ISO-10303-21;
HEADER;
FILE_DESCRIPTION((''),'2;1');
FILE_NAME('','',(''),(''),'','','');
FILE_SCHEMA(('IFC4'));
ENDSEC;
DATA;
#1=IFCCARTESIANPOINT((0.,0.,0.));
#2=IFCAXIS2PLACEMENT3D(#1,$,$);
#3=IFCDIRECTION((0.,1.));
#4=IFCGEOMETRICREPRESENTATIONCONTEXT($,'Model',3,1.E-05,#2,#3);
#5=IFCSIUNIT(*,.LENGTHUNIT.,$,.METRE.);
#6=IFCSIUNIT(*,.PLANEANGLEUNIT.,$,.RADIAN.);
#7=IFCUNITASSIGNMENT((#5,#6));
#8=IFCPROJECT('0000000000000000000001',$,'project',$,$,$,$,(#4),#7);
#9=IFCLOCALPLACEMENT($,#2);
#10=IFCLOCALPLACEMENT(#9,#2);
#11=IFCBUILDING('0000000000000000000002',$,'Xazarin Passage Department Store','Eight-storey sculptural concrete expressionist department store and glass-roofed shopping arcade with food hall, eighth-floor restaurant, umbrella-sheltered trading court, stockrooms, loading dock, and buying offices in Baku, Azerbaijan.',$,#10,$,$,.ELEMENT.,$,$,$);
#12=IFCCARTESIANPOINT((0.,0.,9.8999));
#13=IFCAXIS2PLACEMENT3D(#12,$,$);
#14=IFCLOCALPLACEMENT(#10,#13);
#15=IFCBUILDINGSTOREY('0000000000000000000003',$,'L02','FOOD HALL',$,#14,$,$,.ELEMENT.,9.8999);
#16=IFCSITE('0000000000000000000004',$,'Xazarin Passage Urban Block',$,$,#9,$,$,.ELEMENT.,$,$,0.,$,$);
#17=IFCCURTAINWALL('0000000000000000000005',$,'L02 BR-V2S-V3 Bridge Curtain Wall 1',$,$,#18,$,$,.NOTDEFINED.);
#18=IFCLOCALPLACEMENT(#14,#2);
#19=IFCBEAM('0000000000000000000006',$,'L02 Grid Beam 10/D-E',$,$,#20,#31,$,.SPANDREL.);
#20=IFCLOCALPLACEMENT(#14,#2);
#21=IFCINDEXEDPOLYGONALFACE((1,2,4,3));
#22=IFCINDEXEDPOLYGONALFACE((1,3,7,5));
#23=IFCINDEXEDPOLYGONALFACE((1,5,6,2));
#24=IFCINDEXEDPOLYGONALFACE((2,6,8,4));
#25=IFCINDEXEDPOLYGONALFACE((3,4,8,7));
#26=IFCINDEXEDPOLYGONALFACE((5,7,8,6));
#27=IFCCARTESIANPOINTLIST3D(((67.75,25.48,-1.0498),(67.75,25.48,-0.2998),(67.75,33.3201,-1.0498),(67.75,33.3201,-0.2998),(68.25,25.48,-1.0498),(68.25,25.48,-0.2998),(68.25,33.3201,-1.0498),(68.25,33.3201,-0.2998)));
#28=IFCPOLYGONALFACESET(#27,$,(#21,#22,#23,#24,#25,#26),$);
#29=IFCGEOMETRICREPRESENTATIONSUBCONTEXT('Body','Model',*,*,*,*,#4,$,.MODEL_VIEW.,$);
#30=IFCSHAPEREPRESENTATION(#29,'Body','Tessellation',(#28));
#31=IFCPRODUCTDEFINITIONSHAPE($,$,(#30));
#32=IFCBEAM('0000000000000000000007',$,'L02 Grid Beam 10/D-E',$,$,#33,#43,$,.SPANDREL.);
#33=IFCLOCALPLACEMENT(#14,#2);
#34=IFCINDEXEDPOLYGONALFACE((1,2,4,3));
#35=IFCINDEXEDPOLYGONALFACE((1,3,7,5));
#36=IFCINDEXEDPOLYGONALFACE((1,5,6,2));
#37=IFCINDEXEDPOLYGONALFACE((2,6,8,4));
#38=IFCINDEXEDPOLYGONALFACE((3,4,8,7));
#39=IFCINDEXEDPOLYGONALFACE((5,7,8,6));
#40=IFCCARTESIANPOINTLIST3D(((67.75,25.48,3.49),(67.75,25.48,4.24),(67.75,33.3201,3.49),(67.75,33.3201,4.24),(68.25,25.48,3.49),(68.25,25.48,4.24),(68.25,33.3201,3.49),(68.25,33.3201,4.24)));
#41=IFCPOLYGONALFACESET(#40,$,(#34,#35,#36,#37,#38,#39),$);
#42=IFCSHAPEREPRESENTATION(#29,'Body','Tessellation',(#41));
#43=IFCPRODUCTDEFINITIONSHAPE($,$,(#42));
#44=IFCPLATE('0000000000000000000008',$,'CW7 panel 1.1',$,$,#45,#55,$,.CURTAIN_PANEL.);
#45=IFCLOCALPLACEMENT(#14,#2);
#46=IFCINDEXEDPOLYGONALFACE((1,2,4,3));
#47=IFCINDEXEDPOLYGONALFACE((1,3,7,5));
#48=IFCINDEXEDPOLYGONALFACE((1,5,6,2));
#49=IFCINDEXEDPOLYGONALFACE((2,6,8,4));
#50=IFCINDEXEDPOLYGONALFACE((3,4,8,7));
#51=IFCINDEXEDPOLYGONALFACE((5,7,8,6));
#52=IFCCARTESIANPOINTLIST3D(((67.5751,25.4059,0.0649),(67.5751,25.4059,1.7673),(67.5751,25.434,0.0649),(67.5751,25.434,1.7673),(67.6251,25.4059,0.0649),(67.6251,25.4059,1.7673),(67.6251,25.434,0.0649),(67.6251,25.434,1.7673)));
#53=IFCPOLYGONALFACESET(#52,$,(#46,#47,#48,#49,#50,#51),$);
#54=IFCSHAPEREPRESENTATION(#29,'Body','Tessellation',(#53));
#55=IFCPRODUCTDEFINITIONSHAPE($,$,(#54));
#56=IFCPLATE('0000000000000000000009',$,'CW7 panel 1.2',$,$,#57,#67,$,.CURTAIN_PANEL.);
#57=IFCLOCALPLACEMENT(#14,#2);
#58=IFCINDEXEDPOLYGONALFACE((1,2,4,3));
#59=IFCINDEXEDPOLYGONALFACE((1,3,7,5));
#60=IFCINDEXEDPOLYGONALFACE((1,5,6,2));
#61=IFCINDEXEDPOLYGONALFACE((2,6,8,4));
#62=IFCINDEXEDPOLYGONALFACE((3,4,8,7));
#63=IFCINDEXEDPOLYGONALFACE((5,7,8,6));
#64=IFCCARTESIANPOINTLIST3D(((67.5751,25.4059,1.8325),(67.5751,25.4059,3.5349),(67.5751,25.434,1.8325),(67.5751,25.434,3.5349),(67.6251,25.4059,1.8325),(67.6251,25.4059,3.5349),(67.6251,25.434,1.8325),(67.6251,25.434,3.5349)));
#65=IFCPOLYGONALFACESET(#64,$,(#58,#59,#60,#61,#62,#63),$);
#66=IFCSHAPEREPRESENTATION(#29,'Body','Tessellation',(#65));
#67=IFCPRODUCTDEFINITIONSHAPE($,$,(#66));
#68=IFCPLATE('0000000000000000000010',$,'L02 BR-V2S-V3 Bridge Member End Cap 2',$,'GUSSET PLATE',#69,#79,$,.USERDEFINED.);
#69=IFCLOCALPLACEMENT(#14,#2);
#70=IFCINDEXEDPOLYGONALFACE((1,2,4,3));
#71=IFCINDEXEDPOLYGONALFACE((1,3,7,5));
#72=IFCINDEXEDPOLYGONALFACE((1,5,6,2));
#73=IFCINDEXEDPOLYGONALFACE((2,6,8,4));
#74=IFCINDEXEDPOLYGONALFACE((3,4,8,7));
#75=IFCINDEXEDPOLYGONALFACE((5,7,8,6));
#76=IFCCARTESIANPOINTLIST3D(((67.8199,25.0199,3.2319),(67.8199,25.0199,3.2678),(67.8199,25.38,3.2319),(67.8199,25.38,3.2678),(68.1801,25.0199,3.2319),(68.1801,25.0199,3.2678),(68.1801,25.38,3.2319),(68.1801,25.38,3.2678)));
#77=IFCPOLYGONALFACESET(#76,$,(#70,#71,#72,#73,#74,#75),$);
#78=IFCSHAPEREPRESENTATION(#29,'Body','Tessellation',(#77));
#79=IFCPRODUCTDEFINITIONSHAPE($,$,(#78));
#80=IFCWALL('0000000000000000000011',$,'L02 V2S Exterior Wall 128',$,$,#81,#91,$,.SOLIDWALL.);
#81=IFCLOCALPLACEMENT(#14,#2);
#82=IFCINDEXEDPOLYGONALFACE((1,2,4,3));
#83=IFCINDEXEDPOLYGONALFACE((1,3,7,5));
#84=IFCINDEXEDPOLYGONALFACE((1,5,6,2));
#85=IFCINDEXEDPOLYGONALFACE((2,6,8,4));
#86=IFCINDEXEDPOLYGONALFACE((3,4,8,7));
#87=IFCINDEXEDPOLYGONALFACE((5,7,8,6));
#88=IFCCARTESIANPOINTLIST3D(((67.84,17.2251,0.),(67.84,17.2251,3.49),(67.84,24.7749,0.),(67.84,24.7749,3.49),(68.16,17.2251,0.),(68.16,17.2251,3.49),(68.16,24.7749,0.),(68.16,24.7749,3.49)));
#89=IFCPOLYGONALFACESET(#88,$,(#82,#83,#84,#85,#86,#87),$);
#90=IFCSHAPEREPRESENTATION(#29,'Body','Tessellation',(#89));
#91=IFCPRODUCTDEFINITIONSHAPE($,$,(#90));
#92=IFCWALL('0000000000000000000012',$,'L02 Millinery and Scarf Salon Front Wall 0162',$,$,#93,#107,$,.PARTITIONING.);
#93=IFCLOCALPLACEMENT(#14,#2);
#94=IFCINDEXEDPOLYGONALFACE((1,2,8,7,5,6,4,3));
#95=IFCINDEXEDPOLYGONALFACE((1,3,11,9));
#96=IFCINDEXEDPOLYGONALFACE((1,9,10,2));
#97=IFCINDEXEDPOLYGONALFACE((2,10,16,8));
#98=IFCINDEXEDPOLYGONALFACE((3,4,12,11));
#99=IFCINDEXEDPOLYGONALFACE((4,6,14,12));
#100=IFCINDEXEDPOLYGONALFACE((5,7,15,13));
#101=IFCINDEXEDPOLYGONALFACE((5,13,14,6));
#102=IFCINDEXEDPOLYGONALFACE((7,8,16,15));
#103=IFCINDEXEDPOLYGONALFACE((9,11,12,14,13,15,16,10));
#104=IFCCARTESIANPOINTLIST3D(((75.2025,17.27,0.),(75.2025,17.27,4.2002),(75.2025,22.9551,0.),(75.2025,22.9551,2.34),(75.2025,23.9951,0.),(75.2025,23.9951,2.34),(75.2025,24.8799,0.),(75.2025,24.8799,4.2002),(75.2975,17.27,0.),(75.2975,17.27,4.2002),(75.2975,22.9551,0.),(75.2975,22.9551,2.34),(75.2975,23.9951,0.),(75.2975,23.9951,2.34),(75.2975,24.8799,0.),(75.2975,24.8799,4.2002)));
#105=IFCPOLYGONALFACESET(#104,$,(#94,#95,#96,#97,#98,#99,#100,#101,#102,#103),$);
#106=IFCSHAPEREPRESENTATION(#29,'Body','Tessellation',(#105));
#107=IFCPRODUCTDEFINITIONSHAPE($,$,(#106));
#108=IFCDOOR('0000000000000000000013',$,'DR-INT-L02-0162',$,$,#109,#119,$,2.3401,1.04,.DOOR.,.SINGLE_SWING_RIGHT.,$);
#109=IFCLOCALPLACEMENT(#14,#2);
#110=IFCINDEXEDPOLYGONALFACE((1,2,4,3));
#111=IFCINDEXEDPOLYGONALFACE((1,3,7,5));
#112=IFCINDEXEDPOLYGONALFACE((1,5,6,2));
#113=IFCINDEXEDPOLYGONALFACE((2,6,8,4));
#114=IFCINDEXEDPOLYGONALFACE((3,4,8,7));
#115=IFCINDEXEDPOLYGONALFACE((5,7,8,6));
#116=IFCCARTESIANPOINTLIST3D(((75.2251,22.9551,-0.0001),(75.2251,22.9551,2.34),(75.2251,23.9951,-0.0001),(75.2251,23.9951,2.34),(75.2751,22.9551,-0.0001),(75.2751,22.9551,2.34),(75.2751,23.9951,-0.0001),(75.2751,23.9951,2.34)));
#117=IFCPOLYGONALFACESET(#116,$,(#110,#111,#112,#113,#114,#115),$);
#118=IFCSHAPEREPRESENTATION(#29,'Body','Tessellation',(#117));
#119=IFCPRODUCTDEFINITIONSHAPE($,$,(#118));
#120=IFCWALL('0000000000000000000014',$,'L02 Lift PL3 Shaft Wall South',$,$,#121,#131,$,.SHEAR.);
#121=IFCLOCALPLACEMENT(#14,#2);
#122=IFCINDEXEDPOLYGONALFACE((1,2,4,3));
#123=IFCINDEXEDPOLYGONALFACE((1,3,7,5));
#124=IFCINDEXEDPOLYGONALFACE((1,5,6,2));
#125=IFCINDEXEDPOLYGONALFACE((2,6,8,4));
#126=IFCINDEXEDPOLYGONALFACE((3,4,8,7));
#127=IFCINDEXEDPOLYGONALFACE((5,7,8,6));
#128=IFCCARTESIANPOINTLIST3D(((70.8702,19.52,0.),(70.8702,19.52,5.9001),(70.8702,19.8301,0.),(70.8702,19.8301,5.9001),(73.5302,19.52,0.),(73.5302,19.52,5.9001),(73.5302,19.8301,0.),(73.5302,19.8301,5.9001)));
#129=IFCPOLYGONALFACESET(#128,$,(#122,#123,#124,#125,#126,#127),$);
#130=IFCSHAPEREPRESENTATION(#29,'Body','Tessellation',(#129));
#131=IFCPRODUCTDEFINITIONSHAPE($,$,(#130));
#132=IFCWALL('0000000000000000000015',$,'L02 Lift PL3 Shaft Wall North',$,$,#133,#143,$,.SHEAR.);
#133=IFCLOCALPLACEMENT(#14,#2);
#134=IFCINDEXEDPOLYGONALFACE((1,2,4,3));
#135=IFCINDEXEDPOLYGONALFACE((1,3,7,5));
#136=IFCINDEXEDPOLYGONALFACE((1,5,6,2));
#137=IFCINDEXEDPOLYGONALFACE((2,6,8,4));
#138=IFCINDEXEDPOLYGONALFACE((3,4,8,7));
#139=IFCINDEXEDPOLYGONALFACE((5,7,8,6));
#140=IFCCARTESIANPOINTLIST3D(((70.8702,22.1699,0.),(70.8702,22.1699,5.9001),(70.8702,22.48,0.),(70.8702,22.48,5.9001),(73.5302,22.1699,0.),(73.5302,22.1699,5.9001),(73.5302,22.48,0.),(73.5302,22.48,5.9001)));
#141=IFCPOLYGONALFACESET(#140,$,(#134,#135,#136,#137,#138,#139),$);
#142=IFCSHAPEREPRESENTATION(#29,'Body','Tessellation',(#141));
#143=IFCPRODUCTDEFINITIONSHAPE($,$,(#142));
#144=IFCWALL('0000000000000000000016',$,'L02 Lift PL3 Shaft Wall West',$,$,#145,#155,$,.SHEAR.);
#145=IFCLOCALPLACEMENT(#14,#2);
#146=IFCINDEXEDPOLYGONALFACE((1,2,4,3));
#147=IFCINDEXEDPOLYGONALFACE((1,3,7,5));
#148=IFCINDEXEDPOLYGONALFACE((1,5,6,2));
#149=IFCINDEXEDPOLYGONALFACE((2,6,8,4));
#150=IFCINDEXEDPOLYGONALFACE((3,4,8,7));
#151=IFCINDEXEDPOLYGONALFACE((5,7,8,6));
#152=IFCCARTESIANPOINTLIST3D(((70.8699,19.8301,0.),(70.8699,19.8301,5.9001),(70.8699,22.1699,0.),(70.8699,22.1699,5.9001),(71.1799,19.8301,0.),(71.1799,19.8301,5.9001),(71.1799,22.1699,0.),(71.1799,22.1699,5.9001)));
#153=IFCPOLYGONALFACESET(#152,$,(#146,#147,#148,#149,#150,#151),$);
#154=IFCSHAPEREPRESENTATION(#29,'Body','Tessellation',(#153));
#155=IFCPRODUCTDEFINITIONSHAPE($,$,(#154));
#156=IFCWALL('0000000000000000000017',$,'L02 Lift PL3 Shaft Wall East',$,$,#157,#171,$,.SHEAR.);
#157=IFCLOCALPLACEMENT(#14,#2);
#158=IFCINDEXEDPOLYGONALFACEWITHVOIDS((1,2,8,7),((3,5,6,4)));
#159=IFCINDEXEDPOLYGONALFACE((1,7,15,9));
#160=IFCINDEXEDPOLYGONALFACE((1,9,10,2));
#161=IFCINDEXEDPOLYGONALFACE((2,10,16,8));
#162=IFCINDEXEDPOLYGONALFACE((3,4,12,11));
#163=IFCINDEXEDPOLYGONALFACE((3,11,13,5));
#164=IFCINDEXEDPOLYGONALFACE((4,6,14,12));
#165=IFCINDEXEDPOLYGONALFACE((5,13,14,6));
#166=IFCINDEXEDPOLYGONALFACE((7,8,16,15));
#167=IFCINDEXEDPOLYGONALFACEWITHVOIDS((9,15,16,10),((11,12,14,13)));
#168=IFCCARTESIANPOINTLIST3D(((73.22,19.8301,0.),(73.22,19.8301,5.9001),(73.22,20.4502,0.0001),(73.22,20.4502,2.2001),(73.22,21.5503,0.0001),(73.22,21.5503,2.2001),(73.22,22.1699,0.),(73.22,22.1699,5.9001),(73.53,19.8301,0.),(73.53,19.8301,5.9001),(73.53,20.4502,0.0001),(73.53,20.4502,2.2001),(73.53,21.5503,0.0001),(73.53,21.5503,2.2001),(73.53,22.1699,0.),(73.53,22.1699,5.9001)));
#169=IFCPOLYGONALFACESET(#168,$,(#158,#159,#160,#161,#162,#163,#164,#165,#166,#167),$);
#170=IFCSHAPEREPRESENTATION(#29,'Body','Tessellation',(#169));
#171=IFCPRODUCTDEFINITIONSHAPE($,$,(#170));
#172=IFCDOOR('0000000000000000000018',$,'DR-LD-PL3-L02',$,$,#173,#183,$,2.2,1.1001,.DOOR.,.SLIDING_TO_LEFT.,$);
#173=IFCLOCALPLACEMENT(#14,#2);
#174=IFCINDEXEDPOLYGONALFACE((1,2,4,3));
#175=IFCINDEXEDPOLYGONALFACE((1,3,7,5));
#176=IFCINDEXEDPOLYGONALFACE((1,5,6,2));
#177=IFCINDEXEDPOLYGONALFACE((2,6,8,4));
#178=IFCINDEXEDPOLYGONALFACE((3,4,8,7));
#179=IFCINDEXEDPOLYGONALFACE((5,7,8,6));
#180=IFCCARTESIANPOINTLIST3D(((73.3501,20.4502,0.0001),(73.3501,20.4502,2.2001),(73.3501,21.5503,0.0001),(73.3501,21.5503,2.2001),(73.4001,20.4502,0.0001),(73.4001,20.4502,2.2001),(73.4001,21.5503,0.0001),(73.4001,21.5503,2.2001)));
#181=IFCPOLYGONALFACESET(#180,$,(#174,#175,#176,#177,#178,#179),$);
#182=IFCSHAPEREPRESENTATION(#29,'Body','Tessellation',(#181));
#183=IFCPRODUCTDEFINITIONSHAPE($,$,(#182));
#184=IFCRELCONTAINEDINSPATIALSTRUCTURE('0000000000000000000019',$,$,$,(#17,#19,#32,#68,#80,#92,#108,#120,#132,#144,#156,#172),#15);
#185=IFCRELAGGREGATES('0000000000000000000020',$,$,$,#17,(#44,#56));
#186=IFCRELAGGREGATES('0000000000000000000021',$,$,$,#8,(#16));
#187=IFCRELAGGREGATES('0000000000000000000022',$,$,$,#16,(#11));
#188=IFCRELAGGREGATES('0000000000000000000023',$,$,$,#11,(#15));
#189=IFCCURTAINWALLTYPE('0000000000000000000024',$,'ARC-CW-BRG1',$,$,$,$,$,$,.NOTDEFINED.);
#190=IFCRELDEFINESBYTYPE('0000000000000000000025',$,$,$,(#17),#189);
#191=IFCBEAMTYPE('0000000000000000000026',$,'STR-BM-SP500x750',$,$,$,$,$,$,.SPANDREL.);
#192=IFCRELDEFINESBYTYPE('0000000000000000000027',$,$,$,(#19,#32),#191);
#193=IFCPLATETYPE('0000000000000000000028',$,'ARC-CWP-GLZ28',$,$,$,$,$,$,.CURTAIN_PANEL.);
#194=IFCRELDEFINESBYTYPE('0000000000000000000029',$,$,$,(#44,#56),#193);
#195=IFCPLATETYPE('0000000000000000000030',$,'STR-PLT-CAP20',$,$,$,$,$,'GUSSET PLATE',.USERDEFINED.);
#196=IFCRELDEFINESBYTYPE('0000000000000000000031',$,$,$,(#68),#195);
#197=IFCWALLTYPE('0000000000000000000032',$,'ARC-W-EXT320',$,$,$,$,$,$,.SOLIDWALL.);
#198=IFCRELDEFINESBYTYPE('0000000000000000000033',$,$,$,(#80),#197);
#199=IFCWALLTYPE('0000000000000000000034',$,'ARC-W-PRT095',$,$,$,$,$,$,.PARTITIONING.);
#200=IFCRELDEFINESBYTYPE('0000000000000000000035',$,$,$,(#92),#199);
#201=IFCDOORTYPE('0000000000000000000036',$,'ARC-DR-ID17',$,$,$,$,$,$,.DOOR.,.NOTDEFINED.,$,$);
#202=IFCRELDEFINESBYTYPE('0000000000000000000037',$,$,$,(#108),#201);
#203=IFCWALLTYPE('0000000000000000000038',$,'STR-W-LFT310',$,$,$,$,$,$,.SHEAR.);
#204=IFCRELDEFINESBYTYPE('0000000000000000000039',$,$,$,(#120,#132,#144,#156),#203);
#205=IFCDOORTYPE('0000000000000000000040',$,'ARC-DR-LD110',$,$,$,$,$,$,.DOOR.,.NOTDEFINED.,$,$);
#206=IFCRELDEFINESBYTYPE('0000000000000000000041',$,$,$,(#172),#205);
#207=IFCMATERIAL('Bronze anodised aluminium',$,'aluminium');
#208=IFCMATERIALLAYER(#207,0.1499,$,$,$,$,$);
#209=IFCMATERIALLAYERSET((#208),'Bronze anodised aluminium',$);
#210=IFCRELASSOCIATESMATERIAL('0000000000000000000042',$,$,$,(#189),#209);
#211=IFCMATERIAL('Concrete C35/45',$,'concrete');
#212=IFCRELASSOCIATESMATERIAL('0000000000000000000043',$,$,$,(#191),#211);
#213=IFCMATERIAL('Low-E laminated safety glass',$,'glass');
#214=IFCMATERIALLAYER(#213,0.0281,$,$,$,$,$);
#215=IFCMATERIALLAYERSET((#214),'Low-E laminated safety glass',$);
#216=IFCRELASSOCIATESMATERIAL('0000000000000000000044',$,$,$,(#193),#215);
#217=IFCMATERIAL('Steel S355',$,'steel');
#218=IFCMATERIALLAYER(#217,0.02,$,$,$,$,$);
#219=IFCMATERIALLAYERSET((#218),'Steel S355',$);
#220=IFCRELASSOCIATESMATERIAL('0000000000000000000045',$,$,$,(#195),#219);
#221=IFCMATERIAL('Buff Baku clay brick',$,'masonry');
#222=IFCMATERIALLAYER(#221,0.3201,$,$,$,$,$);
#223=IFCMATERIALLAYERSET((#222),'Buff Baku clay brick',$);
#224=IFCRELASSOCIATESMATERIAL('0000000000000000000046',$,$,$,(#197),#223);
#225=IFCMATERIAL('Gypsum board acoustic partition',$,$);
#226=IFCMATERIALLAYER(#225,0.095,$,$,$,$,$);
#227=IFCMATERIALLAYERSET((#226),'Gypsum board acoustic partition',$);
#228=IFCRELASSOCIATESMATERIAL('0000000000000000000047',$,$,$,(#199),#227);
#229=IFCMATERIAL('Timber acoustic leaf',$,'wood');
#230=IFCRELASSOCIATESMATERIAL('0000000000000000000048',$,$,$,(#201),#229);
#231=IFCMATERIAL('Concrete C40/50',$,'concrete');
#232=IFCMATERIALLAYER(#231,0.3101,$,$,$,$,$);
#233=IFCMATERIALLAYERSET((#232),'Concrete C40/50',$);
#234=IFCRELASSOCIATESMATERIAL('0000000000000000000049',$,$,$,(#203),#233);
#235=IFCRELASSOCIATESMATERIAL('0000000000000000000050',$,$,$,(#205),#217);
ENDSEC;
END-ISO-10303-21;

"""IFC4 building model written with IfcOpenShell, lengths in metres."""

from ifc_helpers import new_model, si_unit, direction, frame, frame_2d, origin, origin_2d, place, context, subcontext, project, spatial, rectangle, extrude, material, layer, layer_set, material_profile, profile_set, type_object, element, fill, aggregate, save


model = new_model("IFC4")

# Units and contexts
model_context = context("Model", 3, precision=1e-05, world=origin(), true_north=direction((0.0, 1.0)))
body_context = subcontext(model_context, "Body", "Model", "MODEL_VIEW")
ifc_project = project(units=[si_unit("LENGTHUNIT", "METRE"), si_unit("PLANEANGLEUNIT", "RADIAN")], contexts=[model_context])

# Site, building, storey
site_placement = place(None, origin())
site = spatial("IfcSite", under=ifc_project, at=site_placement, Name="Xazarin Passage Urban Block", CompositionType="ELEMENT", RefElevation=0.0)
building_placement = place(site_placement, origin())
building = spatial("IfcBuilding", under=site, at=building_placement, Name="Xazarin Passage Department Store", Description="Eight-storey sculptural concrete expressionist department store and glass-roofed shopping arcade with food hall, eighth-floor restaurant, umbrella-sheltered trading court, stockrooms, loading dock, and buying offices in Baku, Azerbaijan.", CompositionType="ELEMENT")
storey_placement = place(building_placement, frame((0.0, 0.0, 9.8999)))
storey = spatial("IfcBuildingStorey", under=building, at=storey_placement, Name="L02", Description="FOOD HALL", CompositionType="ELEMENT", Elevation=9.8999)

# Shared definitions
ifc_material_1 = material(Name="Concrete C40/50", Category="concrete")

# Curtain wall
ifc_material_2 = material(Name="Bronze anodised aluminium", Category="aluminium")
ifc_layer_1 = layer(ifc_material_2, 0.1499)
ifc_layer_set_1 = layer_set([ifc_layer_1], Name="Bronze anodised aluminium")
curtain_wall_type = type_object("IfcCurtainWallType", Name="ARC-CW-BRG1", PredefinedType="NOTDEFINED", material=ifc_layer_set_1)
curtain_wall_placement = place(storey_placement, origin())
curtain_wall = element("IfcCurtainWall", 1, at=curtain_wall_placement, inside=storey, type_object=curtain_wall_type, Name="L02 BR-V2S-V3 Bridge Curtain Wall 1", PredefinedType="NOTDEFINED")

# Beams
ifc_material_3 = material(Name="Steel S355", Category="steel")
ifc_material_4 = material(Name="Concrete C35/45", Category="concrete")
ifc_material_profile_1 = material_profile(ifc_material_4, rectangle(XDim=0.5, YDim=0.75, at=origin_2d()), Name="RC 500x750")
ifc_profile_set_1 = profile_set([ifc_material_profile_1], Name="Concrete C35/45")
beam_type_1 = type_object("IfcBeamType", Name="STR-BM-SP500x750", PredefinedType="SPANDREL", material=ifc_profile_set_1)
for number, where, z_axis, x_axis, name in (
    (2, (68.0, 25.48, -0.6748), (0.0, 1.0, 0.0), (-1.0, 0.0, 0.0), "L02 Grid Beam 10/D-E"),
    (3, (68.0, 25.48, 3.865), (0.0, 1.0, 0.0), (-1.0, 0.0, 0.0), "L02 Grid Beam 10/D-E"),
):
    element("IfcBeam", number, at=place(storey_placement, frame(where, z_axis=z_axis, x_axis=x_axis)), inside=storey, type_object=beam_type_1, Name=name, PredefinedType="SPANDREL", context=body_context, shape_type="SweptSolid", body=[
        extrude(rectangle(XDim=0.5, YDim=0.75, at=origin_2d()), origin(), (0.0, 0.0, 1.0), 7.8401),
    ])

# Plates
ifc_material_5 = material(Name="Low-E laminated safety glass", Category="glass")
ifc_layer_2 = layer(ifc_material_5, 0.0281)
ifc_layer_set_2 = layer_set([ifc_layer_2], Name="Low-E laminated safety glass")
plate_type_1 = type_object("IfcPlateType", Name="ARC-CWP-GLZ28", PredefinedType="CURTAIN_PANEL", material=ifc_layer_set_2)
plate_1_placement = place(storey_placement, frame((67.6001, 25.4199, 0.0649), z_axis=(0.0, 0.0, 1.0), x_axis=(1.0, 0.0, 0.0)))
plate_1 = element("IfcPlate", 4, at=plate_1_placement, type_object=plate_type_1, Name="CW7 panel 1.1", PredefinedType="CURTAIN_PANEL", context=body_context, shape_type="SweptSolid", body=[
    extrude(rectangle(XDim=0.05, YDim=0.0281, at=origin_2d()), origin(), (0.0, 0.0, 1.0), 1.7024),
])
plate_2_placement = place(storey_placement, frame((67.6001, 25.4199, 1.8325), z_axis=(0.0, 0.0, 1.0), x_axis=(1.0, 0.0, 0.0)))
plate_2 = element("IfcPlate", 5, at=plate_2_placement, type_object=plate_type_1, Name="CW7 panel 1.2", PredefinedType="CURTAIN_PANEL", context=body_context, shape_type="SweptSolid", body=[
    extrude(rectangle(XDim=0.05, YDim=0.0281, at=origin_2d()), origin(), (0.0, 0.0, 1.0), 1.7024),
])
aggregate(curtain_wall, [plate_1, plate_2])
ifc_layer_3 = layer(ifc_material_3, 0.02)
ifc_layer_set_3 = layer_set([ifc_layer_3], Name="Steel S355")
plate_type_2 = type_object("IfcPlateType", Name="STR-PLT-CAP20", ElementType="GUSSET PLATE", PredefinedType="USERDEFINED", material=ifc_layer_set_3)
plate_3_placement = place(storey_placement, frame((68.0, 25.2, 3.2319), z_axis=(0.0, 0.0, 1.0), x_axis=(1.0, 0.0, 0.0)))
element("IfcPlate", 6, at=plate_3_placement, inside=storey, type_object=plate_type_2, Name="L02 BR-V2S-V3 Bridge Member End Cap 2", ObjectType="GUSSET PLATE", PredefinedType="USERDEFINED", context=body_context, shape_type="SweptSolid", body=[
    extrude(rectangle(XDim=0.3601, YDim=0.3601, at=origin_2d()), origin(), (0.0, 0.0, 1.0), 0.0359),
])

# Wall
ifc_material_6 = material(Name="Buff Baku clay brick", Category="masonry")
ifc_layer_4 = layer(ifc_material_6, 0.3201)
ifc_layer_set_4 = layer_set([ifc_layer_4], Name="Buff Baku clay brick")
wall_type_1 = type_object("IfcWallType", Name="ARC-W-EXT320", PredefinedType="SOLIDWALL", material=ifc_layer_set_4)
wall_1_placement = place(storey_placement, frame((68.0, 17.2251, 0.0), z_axis=(0.0, 0.0, 1.0), x_axis=(0.0, 1.0, 0.0)))
element("IfcWall", 7, at=wall_1_placement, inside=storey, type_object=wall_type_1, Name="L02 V2S Exterior Wall 128", PredefinedType="SOLIDWALL", context=body_context, shape_type="SweptSolid", body=[
    extrude(rectangle(XDim=7.5498, YDim=0.3201, at=frame_2d((3.7749, 0.0))), origin(), (0.0, 0.0, 1.0), 3.49),
])

# Wall, opening, door
ifc_material_7 = material(Name="Gypsum board acoustic partition")
ifc_layer_5 = layer(ifc_material_7, 0.095)
ifc_layer_set_5 = layer_set([ifc_layer_5], Name="Gypsum board acoustic partition")
wall_type_2 = type_object("IfcWallType", Name="ARC-W-PRT095", PredefinedType="PARTITIONING", material=ifc_layer_set_5)
wall_2_placement = place(storey_placement, frame((75.25, 17.27, 0.0), z_axis=(0.0, 0.0, 1.0), x_axis=(0.0, 1.0, 0.0)))
wall_2 = element("IfcWall", 8, at=wall_2_placement, inside=storey, type_object=wall_type_2, Name="L02 Millinery and Scarf Salon Front Wall 0162", PredefinedType="PARTITIONING", context=body_context, shape_type="SweptSolid", body=[
    extrude(rectangle(XDim=7.6099, YDim=0.095, at=frame_2d((3.8049, 0.0))), origin(), (0.0, 0.0, 1.0), 4.2002),
])
opening_1_placement = place(wall_2_placement, frame((5.6851, 0.0, 0.0)))
opening_1 = element("IfcOpeningElement", 9, at=opening_1_placement, cuts=wall_2, PredefinedType="OPENING", context=body_context, shape_type="SweptSolid", body=[
    extrude(rectangle(XDim=1.04, YDim=2.3401, at=frame_2d((0.52, 1.1699))), frame((0.0, 0.0574, 0.0), z_axis=(0.0, -1.0, 0.0), x_axis=(1.0, 0.0, 0.0)), (0.0, 0.0, 1.0), 0.115),
])
ifc_material_8 = material(Name="Timber acoustic leaf", Category="wood")
door_type_1 = type_object("IfcDoorType", Name="ARC-DR-ID17", OperationType="NOTDEFINED", PredefinedType="DOOR", material=ifc_material_8)
door_1_placement = place(opening_1_placement, origin())
door_1 = element("IfcDoor", 10, at=door_1_placement, inside=storey, type_object=door_type_1, Name="DR-INT-L02-0162", OperationType="SINGLE_SWING_RIGHT", OverallHeight=2.3401, OverallWidth=1.04, PredefinedType="DOOR", context=body_context, shape_type="SweptSolid", body=[
    extrude(rectangle(XDim=1.04, YDim=2.3401, at=frame_2d((0.52, 1.1699))), frame((0.0, 0.0249, 0.0), z_axis=(0.0, -1.0, 0.0), x_axis=(1.0, 0.0, 0.0)), (0.0, 0.0, 1.0), 0.05),
])
fill(opening_1, door_1)

# Walls
ifc_layer_6 = layer(ifc_material_1, 0.3101)
ifc_layer_set_6 = layer_set([ifc_layer_6], Name="Concrete C40/50")
wall_type_3 = type_object("IfcWallType", Name="STR-W-LFT310", PredefinedType="SHEAR", material=ifc_layer_set_6)
for number, where, z_axis, x_axis, name in (
    (11, (70.8701, 19.675, 0.0), (0.0, 0.0, 1.0), (1.0, 0.0, 0.0), "L02 Lift PL3 Shaft Wall South"),
    (12, (70.8701, 22.325, 0.0), (0.0, 0.0, 1.0), (1.0, 0.0, 0.0), "L02 Lift PL3 Shaft Wall North"),
):
    element("IfcWall", number, at=place(storey_placement, frame(where, z_axis=z_axis, x_axis=x_axis)), inside=storey, type_object=wall_type_3, Name=name, PredefinedType="SHEAR", context=body_context, shape_type="SweptSolid", body=[
        extrude(rectangle(XDim=2.6599, YDim=0.3101, at=frame_2d((1.3301, 0.0))), origin(), (0.0, 0.0, 1.0), 5.9001),
    ])
wall_3_placement = place(storey_placement, frame((71.0249, 19.8301, 0.0), z_axis=(0.0, 0.0, 1.0), x_axis=(0.0, 1.0, 0.0)))
element("IfcWall", 13, at=wall_3_placement, inside=storey, type_object=wall_type_3, Name="L02 Lift PL3 Shaft Wall West", PredefinedType="SHEAR", context=body_context, shape_type="SweptSolid", body=[
    extrude(rectangle(XDim=2.3398, YDim=0.3101, at=frame_2d((1.1699, 0.0))), origin(), (0.0, 0.0, 1.0), 5.9001),
])

# Wall, opening, door
wall_4_placement = place(storey_placement, frame((73.375, 19.8301, 0.0), z_axis=(0.0, 0.0, 1.0), x_axis=(0.0, 1.0, 0.0)))
wall_4 = element("IfcWall", 14, at=wall_4_placement, inside=storey, type_object=wall_type_3, Name="L02 Lift PL3 Shaft Wall East", PredefinedType="SHEAR", context=body_context, shape_type="SweptSolid", body=[
    extrude(rectangle(XDim=2.3398, YDim=0.3101, at=frame_2d((1.1699, 0.0))), origin(), (0.0, 0.0, 1.0), 5.9001),
])
opening_2_placement = place(wall_4_placement, frame((0.6201, 0.0, 0.0)))
opening_2 = element("IfcOpeningElement", 15, at=opening_2_placement, cuts=wall_4, PredefinedType="OPENING", context=body_context, shape_type="SweptSolid", body=[
    extrude(rectangle(XDim=1.1001, YDim=2.2, at=frame_2d((0.55, 1.1001))), frame((0.0, 0.165, 0.0), z_axis=(0.0, -1.0, 0.0), x_axis=(1.0, 0.0, 0.0)), (0.0, 0.0, 1.0), 0.3301),
])
door_type_2 = type_object("IfcDoorType", Name="ARC-DR-LD110", OperationType="NOTDEFINED", PredefinedType="DOOR", material=ifc_material_3)
door_2_placement = place(opening_2_placement, origin())
door_2 = element("IfcDoor", 16, at=door_2_placement, inside=storey, type_object=door_type_2, Name="DR-LD-PL3-L02", OperationType="SLIDING_TO_LEFT", OverallHeight=2.2, OverallWidth=1.1001, PredefinedType="DOOR", context=body_context, shape_type="SweptSolid", body=[
    extrude(rectangle(XDim=1.1001, YDim=2.2, at=frame_2d((0.55, 1.1001))), frame((0.0, 0.0249, 0.0), z_axis=(0.0, -1.0, 0.0), x_axis=(1.0, 0.0, 0.0)), (0.0, 0.0, 1.0), 0.05),
])
fill(opening_2, door_2)

save(model, "model.ifc")
